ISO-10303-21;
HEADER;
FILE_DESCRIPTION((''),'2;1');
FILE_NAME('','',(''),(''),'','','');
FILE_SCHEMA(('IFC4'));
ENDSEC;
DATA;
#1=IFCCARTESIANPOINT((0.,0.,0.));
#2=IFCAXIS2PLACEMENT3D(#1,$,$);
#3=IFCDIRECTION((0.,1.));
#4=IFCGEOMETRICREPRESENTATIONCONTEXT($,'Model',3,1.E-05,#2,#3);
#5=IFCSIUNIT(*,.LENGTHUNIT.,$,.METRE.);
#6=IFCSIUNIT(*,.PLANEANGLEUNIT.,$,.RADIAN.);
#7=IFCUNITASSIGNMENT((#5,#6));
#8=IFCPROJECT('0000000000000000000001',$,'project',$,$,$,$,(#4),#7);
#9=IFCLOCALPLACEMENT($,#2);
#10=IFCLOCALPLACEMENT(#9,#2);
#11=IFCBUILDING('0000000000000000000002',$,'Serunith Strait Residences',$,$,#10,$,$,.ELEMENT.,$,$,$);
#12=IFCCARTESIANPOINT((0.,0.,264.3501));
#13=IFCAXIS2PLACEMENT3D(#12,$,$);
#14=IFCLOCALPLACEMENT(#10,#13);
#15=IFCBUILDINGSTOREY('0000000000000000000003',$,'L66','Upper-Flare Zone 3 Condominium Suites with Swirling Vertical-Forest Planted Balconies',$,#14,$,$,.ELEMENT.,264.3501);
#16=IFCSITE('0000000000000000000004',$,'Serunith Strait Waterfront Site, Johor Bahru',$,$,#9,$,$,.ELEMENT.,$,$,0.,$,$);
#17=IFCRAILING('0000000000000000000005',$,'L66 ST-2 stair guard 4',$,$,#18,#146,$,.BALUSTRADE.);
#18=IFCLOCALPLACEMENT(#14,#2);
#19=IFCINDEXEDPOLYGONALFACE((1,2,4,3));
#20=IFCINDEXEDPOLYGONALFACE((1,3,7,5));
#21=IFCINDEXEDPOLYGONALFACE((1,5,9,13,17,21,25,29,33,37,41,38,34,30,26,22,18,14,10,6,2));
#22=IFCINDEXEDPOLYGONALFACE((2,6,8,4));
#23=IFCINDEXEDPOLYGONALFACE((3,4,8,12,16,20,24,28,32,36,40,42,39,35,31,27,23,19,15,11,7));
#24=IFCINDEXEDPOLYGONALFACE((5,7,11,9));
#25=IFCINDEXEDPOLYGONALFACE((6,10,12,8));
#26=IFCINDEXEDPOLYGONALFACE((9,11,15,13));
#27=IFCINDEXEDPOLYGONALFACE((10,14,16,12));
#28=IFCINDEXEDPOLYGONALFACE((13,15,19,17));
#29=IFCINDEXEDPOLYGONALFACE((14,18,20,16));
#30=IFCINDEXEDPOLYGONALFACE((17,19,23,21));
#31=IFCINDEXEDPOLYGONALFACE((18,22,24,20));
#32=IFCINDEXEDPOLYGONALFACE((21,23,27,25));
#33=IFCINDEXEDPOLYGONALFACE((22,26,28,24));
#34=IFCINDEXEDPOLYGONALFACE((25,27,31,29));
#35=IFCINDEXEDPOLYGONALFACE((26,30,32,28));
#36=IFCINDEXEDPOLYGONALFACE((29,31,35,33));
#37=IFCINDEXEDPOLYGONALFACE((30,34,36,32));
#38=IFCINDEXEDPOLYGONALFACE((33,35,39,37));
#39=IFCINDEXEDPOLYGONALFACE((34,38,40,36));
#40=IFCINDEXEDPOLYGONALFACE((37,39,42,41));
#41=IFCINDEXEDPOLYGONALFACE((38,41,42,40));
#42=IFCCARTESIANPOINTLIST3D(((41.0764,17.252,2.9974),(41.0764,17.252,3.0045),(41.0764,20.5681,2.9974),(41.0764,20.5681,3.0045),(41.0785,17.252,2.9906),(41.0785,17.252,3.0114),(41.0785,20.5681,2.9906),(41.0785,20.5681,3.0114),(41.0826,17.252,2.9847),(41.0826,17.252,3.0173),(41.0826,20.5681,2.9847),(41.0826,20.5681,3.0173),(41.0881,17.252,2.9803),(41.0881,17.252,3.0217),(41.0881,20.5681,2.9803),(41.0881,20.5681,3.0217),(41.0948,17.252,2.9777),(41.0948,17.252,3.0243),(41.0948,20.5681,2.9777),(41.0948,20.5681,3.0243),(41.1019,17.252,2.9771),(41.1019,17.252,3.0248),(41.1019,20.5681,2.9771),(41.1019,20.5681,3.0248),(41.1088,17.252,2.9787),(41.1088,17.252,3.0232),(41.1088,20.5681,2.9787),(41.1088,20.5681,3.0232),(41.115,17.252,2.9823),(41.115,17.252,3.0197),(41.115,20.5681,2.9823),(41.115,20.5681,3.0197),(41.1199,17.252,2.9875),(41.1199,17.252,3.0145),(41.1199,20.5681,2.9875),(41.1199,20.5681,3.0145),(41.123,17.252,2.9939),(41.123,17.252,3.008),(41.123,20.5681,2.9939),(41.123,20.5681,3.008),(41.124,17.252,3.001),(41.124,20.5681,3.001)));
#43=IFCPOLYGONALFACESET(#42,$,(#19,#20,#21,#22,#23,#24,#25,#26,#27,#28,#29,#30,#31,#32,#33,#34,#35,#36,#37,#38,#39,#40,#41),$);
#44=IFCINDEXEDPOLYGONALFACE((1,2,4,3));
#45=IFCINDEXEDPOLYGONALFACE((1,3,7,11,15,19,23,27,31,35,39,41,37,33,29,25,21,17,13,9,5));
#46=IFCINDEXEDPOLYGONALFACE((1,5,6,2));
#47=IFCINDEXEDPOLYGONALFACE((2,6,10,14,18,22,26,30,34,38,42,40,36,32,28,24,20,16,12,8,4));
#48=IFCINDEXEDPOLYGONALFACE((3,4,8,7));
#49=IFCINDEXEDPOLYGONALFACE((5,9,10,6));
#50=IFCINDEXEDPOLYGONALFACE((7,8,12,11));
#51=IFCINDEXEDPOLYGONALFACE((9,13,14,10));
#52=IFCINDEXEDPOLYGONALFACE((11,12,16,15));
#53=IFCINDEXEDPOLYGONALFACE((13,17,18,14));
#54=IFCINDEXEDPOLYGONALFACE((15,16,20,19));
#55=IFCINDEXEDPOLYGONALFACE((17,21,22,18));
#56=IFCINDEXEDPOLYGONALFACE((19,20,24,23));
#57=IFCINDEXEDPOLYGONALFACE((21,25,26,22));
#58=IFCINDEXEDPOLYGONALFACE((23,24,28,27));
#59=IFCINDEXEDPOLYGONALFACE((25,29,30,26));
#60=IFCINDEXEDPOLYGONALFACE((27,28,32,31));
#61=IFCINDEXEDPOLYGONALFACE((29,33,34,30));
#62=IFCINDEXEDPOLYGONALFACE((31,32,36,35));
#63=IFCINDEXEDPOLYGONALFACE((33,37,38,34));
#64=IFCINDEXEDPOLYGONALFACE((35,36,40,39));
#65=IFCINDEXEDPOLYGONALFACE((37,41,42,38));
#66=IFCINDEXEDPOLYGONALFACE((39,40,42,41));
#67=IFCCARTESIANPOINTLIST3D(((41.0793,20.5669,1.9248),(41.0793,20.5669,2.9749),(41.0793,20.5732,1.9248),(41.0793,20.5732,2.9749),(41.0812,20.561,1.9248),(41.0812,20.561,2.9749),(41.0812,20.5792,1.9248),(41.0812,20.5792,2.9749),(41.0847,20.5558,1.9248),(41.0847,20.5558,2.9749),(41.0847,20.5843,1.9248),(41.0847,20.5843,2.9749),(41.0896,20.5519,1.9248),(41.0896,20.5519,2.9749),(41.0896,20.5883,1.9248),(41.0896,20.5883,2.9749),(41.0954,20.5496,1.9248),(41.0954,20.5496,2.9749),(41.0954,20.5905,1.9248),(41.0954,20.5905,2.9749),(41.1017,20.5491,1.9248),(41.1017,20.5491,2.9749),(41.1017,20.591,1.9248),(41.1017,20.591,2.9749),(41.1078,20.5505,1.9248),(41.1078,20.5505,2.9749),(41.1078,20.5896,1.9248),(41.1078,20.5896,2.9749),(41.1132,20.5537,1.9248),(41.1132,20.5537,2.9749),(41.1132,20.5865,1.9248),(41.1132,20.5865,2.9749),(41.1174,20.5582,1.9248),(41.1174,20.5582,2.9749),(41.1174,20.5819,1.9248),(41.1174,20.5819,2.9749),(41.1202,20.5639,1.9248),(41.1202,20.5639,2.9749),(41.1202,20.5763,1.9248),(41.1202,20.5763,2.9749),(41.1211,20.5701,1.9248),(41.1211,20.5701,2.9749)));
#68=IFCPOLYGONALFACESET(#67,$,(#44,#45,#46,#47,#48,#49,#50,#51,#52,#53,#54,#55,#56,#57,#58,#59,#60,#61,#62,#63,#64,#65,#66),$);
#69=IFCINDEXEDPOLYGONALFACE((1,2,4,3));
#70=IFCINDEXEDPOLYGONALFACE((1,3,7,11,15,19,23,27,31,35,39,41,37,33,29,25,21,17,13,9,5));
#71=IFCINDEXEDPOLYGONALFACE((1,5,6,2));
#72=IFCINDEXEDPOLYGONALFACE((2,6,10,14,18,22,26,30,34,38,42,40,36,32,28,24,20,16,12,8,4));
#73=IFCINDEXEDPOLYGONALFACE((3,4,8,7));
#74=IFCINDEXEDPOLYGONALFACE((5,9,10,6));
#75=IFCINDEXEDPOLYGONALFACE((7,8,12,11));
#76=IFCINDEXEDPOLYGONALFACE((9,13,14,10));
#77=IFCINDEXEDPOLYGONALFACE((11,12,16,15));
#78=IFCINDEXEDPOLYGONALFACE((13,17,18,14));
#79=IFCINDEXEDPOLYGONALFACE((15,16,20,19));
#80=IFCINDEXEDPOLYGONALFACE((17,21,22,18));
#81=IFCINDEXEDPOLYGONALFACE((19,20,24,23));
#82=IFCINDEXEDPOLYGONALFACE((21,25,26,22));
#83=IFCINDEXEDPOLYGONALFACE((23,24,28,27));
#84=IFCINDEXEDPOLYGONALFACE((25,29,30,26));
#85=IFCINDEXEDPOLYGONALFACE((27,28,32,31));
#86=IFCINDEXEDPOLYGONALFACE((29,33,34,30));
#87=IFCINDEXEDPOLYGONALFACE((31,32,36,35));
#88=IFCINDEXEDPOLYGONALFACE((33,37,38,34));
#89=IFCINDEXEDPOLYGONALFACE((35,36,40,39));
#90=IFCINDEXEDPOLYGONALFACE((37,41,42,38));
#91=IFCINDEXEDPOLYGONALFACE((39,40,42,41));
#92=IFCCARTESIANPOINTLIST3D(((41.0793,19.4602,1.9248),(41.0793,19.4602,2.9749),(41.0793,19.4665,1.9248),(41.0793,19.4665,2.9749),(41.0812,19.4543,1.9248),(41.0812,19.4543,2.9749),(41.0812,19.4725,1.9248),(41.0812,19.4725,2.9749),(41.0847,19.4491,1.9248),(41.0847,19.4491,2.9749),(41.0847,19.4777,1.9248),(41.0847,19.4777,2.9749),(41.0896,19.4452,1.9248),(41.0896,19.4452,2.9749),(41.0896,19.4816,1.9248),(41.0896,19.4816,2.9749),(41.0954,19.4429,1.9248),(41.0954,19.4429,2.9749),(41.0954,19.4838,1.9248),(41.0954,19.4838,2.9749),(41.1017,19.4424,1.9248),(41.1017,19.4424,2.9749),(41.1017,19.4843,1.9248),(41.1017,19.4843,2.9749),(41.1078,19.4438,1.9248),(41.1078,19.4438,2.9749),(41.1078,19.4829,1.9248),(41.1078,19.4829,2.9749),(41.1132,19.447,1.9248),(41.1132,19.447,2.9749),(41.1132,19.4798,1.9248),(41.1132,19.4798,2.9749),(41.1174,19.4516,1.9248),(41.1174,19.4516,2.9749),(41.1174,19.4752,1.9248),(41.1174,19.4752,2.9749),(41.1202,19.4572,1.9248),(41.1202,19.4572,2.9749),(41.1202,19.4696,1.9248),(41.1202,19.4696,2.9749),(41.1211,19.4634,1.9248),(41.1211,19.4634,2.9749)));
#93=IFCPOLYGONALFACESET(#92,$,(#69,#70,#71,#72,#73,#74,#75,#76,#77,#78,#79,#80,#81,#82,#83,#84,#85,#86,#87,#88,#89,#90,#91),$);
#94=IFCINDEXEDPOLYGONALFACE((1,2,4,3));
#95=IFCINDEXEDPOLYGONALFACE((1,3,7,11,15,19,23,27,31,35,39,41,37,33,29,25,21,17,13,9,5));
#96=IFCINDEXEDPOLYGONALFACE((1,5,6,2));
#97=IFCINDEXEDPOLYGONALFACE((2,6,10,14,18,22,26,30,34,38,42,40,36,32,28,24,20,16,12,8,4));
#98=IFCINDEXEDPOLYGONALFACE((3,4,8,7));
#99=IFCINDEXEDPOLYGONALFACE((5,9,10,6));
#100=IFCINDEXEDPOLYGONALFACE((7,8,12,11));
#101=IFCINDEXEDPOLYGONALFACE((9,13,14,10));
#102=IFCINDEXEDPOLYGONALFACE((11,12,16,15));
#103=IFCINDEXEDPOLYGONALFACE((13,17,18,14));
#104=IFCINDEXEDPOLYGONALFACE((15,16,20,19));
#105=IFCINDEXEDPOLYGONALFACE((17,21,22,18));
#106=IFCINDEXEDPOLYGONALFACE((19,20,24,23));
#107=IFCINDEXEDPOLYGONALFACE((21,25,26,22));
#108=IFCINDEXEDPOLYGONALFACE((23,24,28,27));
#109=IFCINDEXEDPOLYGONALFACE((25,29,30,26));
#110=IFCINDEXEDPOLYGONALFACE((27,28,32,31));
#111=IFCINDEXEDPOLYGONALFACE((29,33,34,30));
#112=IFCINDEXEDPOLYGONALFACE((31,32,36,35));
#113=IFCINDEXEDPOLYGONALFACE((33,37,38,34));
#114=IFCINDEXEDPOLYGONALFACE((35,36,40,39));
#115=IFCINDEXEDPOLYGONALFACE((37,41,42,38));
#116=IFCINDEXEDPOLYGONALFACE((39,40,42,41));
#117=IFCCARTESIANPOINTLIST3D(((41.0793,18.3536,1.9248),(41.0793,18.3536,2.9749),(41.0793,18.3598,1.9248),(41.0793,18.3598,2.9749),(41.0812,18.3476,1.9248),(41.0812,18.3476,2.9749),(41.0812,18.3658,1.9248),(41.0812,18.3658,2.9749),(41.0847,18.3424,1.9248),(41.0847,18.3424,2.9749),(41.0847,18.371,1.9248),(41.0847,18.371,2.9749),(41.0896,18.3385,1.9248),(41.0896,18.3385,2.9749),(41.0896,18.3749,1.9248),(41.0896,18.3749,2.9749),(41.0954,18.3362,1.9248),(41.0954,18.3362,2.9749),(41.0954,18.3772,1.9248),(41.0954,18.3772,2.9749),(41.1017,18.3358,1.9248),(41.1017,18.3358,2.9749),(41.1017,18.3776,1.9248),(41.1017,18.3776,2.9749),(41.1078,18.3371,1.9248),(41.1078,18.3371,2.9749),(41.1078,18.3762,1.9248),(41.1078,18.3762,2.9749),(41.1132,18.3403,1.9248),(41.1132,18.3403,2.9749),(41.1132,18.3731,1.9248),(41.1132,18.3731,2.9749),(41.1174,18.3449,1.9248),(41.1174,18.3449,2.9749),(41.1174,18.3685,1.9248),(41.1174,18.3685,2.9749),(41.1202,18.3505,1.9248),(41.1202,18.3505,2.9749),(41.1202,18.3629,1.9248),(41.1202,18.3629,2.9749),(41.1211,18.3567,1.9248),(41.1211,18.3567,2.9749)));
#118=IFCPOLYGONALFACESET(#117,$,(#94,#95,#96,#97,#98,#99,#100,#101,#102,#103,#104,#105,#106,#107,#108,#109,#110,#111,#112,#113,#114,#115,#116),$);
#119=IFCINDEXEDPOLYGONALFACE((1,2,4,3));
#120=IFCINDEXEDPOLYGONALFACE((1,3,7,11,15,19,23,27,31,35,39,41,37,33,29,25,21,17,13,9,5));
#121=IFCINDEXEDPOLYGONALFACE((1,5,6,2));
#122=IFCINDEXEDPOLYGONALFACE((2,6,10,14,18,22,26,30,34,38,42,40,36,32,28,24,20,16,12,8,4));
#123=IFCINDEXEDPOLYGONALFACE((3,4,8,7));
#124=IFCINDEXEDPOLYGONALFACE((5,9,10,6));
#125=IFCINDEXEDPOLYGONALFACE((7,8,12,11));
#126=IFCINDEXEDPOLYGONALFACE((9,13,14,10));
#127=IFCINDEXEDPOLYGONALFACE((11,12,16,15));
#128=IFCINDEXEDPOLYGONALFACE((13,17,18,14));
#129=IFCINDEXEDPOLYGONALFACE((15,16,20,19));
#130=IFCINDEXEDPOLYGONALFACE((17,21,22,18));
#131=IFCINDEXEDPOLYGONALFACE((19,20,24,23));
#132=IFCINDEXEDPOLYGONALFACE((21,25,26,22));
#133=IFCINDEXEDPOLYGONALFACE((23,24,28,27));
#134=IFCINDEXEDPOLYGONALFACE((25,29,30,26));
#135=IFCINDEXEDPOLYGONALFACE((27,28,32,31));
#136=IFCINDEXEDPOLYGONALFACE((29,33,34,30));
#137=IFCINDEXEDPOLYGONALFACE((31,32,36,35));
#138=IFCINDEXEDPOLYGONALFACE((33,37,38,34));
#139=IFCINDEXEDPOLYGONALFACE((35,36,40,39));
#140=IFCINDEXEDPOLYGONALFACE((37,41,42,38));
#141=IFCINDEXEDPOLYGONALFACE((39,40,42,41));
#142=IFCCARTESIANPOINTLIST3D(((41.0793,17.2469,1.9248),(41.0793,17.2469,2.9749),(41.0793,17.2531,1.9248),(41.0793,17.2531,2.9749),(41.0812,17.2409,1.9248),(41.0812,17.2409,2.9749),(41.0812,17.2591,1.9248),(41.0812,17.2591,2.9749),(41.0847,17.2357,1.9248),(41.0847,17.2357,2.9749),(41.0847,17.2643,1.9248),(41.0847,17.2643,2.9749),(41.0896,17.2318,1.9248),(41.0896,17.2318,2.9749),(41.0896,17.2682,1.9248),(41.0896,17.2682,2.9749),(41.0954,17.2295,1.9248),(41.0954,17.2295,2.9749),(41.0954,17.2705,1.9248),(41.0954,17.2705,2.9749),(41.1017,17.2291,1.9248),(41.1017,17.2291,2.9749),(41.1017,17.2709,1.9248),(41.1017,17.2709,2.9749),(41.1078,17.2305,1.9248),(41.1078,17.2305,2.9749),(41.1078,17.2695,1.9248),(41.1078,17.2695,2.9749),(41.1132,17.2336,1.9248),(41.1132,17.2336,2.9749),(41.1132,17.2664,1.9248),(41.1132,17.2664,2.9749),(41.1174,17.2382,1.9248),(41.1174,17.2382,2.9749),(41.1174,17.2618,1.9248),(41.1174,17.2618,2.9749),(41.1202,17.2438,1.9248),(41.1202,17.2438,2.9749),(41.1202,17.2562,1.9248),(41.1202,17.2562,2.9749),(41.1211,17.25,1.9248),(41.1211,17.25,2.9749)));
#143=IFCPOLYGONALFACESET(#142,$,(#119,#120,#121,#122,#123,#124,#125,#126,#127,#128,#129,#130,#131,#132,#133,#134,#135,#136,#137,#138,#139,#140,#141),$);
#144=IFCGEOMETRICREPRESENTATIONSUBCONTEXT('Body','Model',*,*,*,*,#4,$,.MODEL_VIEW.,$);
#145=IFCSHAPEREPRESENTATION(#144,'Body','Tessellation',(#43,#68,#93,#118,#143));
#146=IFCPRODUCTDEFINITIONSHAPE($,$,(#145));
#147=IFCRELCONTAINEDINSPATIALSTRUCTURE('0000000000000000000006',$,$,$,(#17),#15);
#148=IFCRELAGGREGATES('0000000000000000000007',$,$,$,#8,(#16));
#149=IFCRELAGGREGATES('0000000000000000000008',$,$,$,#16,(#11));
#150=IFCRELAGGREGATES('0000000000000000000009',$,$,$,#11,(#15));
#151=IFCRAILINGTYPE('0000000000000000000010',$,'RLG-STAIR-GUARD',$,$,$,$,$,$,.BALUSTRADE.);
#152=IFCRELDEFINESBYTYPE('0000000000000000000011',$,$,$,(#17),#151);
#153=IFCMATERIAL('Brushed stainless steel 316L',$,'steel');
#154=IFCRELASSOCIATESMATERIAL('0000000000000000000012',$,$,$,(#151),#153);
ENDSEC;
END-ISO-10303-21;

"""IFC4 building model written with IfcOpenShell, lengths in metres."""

from ifc_helpers import new_model, si_unit, direction, frame, origin, origin_2d, place, context, subcontext, project, spatial, circle, extrude, material, type_object, element, save


model = new_model("IFC4")

# Units and contexts
model_context = context("Model", 3, precision=1e-05, world=origin(), true_north=direction((0.0, 1.0)))
body_context = subcontext(model_context, "Body", "Model", "MODEL_VIEW")
ifc_project = project(units=[si_unit("LENGTHUNIT", "METRE"), si_unit("PLANEANGLEUNIT", "RADIAN")], contexts=[model_context])

# Site, building, storey
site_placement = place(None, origin())
site = spatial("IfcSite", under=ifc_project, at=site_placement, Name="Serunith Strait Waterfront Site, Johor Bahru", CompositionType="ELEMENT", RefElevation=0.0)
building_placement = place(site_placement, origin())
building = spatial("IfcBuilding", under=site, at=building_placement, Name="Serunith Strait Residences", CompositionType="ELEMENT")
storey_placement = place(building_placement, frame((0.0, 0.0, 264.3501)))
storey = spatial("IfcBuildingStorey", under=building, at=storey_placement, Name="L66", Description="Upper-Flare Zone 3 Condominium Suites with Swirling Vertical-Forest Planted Balconies", CompositionType="ELEMENT", Elevation=264.3501)

# Railing
ifc_material_1 = material(Name="Brushed stainless steel 316L", Category="steel")
railing_type_1 = type_object("IfcRailingType", Name="RLG-STAIR-GUARD", PredefinedType="BALUSTRADE", material=ifc_material_1)
for number, where, name in (
    (1, (41.1001, 20.5701, 1.9248), "L66 ST-2 stair guard 4"),
):
    element("IfcRailing", number, at=place(storey_placement, frame(where)), inside=storey, type_object=railing_type_1, Name=name, PredefinedType="BALUSTRADE", context=body_context, shape_type="SweptSolid", body=[
        extrude(circle(Radius=0.0239, at=origin_2d()), frame((0.0, -0.002, 1.0762), z_axis=(0.0, -1.0, 0.0), x_axis=(1.0, 0.0, 0.0)), (0.0, 0.0, 1.0), 3.3162),
        extrude(circle(Radius=0.021, at=origin_2d()), origin(), (0.0, 0.0, 1.0), 1.05),
        extrude(circle(Radius=0.021, at=origin_2d()), frame((0.0, -1.1067, 0.0)), (0.0, 0.0, 1.0), 1.05),
        extrude(circle(Radius=0.021, at=origin_2d()), frame((0.0, -2.2134, 0.0)), (0.0, 0.0, 1.0), 1.05),
        extrude(circle(Radius=0.021, at=origin_2d()), frame((0.0, -3.3201, 0.0)), (0.0, 0.0, 1.0), 1.05),
    ])

save(model, "model.ifc")
